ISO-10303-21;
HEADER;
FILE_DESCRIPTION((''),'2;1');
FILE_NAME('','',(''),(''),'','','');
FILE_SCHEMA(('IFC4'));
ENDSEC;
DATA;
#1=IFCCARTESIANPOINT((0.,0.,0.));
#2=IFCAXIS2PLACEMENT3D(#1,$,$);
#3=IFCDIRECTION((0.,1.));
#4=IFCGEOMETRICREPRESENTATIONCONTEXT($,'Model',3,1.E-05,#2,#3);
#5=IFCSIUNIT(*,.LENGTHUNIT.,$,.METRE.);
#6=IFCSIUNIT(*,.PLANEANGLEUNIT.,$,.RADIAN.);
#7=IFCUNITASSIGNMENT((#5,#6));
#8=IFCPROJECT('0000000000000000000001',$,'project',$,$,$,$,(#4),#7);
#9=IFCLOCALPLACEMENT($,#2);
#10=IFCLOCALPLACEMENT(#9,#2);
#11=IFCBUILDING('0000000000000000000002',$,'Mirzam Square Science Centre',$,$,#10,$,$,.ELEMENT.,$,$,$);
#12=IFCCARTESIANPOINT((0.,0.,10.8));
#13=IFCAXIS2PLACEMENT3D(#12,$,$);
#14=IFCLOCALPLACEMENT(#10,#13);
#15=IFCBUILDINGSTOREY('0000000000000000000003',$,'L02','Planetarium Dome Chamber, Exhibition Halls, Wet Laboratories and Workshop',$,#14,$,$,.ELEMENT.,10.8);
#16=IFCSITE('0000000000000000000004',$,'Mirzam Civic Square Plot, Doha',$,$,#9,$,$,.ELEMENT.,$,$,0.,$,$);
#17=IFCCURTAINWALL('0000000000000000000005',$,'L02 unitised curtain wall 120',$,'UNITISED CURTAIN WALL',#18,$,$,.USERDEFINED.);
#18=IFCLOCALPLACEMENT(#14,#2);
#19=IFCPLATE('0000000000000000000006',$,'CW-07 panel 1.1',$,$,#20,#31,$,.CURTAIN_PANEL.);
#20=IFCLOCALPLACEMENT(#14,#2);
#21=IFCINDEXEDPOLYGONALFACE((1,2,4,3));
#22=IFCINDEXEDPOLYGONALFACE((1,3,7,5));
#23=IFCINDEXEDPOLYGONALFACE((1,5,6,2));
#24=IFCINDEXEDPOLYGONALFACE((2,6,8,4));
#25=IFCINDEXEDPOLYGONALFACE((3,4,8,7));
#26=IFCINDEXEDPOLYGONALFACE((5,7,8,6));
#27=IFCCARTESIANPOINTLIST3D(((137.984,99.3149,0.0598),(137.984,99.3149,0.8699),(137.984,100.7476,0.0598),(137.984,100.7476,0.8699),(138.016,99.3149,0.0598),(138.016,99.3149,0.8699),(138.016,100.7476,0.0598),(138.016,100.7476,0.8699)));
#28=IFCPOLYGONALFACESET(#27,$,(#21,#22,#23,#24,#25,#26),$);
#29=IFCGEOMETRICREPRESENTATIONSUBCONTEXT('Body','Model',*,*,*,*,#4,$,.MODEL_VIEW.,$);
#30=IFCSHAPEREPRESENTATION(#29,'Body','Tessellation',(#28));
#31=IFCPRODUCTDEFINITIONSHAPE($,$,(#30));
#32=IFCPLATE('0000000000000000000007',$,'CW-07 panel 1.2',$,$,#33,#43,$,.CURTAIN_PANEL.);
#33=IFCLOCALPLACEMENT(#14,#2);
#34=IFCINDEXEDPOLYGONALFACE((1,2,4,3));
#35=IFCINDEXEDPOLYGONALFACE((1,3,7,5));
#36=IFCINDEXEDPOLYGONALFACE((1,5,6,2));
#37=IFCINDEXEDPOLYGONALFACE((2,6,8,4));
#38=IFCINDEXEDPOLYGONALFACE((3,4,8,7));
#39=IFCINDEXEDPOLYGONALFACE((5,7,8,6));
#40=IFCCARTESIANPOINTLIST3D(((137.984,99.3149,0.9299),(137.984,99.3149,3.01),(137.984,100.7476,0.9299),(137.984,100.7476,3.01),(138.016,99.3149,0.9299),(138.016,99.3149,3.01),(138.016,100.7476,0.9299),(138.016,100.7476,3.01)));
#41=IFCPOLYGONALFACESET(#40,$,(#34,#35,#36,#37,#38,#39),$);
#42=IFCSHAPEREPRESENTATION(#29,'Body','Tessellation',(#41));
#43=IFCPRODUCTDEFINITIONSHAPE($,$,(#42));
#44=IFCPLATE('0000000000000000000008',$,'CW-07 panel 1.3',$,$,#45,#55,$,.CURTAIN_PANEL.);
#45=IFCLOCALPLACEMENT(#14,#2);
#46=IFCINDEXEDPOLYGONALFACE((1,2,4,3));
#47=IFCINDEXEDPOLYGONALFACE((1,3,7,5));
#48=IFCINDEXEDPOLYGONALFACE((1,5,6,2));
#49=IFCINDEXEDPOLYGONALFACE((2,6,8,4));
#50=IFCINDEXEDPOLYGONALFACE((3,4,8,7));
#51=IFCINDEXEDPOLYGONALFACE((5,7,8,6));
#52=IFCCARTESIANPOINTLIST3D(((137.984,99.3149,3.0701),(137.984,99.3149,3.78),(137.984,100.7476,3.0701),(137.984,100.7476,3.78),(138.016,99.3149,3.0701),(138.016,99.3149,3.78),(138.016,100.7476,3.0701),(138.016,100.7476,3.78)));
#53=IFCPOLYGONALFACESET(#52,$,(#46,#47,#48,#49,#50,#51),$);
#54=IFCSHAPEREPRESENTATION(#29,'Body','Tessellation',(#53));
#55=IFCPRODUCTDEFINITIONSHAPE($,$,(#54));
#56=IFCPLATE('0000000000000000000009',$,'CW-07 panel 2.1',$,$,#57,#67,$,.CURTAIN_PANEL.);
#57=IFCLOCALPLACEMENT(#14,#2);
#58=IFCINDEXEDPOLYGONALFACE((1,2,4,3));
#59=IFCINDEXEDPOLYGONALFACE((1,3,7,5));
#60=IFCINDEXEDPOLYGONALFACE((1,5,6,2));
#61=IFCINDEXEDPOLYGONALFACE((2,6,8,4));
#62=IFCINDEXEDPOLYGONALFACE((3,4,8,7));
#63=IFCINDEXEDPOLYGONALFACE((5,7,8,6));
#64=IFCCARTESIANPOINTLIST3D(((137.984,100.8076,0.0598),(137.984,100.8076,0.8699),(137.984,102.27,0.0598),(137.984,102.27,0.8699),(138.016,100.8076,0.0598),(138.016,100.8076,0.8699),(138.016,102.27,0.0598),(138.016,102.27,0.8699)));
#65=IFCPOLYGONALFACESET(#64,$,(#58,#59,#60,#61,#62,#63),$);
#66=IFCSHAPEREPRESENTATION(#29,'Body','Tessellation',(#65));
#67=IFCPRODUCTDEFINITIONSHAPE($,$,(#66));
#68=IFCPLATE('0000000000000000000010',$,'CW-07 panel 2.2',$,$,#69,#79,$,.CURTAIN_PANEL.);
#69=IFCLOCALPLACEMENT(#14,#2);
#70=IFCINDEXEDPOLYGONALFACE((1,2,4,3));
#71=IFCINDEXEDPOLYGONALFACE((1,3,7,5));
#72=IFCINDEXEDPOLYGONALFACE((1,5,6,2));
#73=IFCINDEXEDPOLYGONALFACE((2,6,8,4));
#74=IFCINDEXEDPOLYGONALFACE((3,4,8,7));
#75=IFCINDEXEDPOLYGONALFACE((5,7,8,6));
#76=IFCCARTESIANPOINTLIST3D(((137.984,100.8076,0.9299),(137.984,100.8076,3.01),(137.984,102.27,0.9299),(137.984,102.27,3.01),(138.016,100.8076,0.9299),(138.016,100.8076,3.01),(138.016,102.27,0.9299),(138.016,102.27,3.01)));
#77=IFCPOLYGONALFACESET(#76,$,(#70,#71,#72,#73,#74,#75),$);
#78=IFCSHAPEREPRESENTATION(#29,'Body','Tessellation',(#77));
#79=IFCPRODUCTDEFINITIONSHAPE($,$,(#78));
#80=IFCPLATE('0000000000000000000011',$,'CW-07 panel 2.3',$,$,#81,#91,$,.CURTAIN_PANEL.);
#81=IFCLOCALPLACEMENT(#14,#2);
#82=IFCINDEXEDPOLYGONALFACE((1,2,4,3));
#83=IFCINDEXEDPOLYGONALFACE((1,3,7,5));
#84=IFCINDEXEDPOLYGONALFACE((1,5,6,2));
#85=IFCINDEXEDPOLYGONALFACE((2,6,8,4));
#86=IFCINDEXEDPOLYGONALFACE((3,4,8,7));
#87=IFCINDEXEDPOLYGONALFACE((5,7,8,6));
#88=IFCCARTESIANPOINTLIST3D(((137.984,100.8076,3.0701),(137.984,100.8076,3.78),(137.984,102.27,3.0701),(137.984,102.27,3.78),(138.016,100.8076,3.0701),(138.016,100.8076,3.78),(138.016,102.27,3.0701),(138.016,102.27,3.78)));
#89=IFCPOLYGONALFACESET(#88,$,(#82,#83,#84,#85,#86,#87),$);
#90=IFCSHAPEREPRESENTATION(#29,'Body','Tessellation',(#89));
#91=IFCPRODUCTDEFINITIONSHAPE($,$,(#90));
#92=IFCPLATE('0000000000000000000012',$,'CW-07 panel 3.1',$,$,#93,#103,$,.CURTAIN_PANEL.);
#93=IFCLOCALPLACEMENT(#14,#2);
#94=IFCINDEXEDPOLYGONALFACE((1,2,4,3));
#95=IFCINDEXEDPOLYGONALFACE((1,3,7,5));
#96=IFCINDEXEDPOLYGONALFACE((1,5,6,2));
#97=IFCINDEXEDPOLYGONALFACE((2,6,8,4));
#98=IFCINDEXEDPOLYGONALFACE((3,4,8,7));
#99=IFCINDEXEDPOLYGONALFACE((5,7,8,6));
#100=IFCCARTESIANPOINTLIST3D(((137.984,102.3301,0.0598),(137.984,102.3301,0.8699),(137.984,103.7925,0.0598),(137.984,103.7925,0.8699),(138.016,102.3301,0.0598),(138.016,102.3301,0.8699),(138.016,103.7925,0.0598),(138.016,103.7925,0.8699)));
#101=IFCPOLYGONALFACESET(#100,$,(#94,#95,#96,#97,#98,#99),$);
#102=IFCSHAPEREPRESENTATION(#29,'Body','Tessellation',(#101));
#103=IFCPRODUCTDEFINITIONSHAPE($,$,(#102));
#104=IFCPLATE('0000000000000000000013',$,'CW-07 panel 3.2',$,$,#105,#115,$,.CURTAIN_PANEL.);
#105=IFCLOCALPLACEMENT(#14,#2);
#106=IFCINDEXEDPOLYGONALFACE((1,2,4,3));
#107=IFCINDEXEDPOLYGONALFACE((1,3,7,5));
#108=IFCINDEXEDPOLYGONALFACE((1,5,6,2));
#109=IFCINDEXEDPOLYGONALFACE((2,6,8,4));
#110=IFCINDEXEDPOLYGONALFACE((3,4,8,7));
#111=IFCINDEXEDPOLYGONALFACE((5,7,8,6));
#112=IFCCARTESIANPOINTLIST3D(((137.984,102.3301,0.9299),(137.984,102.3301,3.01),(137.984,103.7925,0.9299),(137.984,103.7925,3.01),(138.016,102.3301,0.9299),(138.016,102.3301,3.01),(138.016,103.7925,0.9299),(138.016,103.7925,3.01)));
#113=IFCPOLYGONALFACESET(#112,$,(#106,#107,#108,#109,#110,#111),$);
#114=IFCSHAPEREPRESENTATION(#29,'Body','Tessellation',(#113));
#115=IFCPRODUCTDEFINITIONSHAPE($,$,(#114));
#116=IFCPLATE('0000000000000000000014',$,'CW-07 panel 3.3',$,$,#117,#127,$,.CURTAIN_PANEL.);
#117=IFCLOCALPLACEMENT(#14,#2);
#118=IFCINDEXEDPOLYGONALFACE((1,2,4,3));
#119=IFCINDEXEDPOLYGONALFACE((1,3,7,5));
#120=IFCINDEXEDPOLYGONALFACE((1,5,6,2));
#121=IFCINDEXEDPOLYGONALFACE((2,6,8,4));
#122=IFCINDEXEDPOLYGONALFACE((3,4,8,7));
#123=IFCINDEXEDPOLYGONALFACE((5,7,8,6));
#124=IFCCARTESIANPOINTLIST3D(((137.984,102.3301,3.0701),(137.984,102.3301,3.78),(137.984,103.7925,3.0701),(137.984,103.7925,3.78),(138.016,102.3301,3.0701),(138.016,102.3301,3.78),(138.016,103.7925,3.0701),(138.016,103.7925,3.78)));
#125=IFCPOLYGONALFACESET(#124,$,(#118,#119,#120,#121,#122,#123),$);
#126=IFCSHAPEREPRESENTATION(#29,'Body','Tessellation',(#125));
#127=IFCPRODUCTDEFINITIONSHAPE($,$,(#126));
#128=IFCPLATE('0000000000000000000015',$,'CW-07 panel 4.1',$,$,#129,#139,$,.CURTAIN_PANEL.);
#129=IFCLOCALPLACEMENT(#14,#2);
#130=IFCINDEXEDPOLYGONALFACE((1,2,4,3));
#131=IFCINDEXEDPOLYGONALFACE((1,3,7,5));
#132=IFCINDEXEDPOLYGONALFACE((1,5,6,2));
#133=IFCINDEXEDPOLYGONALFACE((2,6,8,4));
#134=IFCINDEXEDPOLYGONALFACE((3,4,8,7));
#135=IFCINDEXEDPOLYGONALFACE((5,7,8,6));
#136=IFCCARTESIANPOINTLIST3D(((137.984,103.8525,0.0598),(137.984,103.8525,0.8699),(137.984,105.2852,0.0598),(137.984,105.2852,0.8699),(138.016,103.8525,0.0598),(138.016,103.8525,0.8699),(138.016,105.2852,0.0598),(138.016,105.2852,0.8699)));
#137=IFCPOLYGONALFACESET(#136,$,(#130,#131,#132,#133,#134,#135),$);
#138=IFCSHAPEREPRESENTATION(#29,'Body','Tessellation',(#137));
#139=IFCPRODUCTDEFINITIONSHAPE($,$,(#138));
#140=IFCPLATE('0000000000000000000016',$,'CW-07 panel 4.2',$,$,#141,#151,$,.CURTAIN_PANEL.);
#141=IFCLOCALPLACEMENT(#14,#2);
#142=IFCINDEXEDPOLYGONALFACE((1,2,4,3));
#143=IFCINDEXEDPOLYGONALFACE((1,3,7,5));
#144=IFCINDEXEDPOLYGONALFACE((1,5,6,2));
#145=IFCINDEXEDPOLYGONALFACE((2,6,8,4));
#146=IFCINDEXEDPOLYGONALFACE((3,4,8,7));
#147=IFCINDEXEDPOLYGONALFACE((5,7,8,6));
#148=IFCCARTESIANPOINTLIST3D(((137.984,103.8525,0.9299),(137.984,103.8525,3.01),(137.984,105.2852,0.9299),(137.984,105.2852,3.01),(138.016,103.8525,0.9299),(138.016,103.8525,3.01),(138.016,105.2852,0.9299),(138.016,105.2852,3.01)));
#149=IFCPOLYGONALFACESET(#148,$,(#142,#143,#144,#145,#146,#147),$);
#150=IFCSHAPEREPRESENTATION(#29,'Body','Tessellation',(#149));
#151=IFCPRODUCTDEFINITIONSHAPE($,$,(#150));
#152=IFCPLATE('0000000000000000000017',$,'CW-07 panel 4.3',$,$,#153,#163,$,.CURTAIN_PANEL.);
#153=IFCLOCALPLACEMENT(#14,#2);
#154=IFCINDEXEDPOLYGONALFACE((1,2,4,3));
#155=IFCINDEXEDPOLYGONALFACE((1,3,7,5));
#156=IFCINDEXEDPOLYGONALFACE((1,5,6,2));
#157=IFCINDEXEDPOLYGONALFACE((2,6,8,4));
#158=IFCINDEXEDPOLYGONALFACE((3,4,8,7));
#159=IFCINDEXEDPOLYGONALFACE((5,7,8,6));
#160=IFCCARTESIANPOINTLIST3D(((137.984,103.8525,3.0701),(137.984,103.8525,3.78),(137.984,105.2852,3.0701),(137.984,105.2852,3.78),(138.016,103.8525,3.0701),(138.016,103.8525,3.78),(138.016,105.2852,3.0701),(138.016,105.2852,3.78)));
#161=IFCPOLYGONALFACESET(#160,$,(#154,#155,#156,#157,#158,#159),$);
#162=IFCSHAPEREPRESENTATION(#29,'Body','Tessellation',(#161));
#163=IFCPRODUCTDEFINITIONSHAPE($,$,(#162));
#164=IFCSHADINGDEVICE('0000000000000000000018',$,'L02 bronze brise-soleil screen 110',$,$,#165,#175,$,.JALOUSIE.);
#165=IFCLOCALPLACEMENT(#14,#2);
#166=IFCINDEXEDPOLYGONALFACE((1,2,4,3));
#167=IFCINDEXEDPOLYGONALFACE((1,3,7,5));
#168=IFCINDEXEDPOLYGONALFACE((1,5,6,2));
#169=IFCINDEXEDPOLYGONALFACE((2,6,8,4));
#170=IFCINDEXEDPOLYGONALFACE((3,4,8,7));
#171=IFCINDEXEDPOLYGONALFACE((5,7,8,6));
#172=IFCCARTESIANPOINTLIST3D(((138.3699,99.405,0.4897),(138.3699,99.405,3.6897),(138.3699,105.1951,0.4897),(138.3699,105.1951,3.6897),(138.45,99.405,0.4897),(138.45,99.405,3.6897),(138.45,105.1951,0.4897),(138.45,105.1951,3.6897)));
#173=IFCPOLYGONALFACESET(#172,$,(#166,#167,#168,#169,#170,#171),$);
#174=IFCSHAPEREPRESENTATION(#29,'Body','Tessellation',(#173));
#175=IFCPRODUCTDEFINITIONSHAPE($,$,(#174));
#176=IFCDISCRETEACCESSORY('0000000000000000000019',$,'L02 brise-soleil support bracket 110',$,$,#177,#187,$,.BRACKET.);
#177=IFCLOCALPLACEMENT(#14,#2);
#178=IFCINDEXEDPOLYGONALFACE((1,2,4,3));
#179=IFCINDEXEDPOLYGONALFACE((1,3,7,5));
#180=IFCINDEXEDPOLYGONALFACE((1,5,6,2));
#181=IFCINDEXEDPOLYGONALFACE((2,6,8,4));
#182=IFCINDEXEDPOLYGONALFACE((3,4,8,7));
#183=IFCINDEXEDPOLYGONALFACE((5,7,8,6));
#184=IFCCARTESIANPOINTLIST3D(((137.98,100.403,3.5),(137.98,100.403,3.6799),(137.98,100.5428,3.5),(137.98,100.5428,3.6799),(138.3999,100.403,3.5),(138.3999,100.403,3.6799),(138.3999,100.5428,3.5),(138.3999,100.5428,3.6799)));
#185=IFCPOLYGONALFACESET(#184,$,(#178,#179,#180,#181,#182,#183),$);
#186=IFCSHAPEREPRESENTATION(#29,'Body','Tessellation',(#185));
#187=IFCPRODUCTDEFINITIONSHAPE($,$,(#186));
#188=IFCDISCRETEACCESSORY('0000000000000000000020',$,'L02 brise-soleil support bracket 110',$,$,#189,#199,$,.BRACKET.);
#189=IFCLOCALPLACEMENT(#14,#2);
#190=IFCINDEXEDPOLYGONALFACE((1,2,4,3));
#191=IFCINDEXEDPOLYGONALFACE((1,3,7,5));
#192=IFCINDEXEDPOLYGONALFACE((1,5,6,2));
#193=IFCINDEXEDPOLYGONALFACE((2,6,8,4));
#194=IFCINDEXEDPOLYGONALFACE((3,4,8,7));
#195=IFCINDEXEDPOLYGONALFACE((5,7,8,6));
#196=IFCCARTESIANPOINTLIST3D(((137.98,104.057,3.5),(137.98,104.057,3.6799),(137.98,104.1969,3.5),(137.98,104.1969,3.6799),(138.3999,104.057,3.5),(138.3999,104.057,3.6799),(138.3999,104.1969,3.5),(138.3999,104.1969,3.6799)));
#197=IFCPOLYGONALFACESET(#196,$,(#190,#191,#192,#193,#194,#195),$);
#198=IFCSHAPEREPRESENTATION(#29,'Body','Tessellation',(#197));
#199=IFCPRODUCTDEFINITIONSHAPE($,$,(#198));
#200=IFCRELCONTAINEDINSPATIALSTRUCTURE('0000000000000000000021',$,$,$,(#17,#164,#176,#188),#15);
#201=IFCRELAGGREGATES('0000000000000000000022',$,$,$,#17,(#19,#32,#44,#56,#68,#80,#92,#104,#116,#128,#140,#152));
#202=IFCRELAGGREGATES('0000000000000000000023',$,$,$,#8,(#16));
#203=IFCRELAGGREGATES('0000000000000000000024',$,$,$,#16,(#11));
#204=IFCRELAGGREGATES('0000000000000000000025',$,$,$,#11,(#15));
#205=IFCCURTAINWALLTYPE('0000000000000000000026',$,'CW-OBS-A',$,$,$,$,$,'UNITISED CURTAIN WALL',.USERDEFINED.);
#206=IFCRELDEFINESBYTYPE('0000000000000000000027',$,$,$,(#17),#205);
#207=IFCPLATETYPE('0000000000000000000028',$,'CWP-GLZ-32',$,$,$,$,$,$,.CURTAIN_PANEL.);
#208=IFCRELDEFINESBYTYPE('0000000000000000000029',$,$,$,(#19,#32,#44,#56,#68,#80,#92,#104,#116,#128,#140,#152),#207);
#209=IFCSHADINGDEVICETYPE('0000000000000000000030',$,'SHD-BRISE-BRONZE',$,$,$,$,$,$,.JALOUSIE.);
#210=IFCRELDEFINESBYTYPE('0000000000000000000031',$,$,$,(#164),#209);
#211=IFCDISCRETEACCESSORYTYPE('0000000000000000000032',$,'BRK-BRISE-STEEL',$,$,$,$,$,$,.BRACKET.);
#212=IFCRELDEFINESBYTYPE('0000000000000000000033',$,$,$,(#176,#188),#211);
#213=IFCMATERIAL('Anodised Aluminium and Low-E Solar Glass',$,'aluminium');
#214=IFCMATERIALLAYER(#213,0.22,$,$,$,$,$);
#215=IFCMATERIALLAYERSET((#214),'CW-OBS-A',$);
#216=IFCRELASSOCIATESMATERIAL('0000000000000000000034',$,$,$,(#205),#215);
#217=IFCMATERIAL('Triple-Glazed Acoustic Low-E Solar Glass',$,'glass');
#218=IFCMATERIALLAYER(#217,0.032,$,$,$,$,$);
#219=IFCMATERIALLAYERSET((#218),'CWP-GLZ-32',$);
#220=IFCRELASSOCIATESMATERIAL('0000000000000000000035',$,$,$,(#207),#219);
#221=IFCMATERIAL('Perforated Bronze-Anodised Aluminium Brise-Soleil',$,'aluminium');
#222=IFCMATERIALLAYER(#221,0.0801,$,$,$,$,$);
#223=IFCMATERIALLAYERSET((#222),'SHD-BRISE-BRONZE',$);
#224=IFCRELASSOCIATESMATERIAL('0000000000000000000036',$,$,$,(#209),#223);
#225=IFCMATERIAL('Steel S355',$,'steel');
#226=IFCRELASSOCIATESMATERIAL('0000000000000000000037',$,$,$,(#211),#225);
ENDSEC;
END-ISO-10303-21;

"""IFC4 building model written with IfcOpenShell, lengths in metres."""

from ifc_helpers import new_model, si_unit, direction, frame, origin, origin_2d, place, context, subcontext, project, spatial, rectangle, extrude, material, layer, layer_set, type_object, element, aggregate, save


model = new_model("IFC4")

# Units and contexts
model_context = context("Model", 3, precision=1e-05, world=origin(), true_north=direction((0.0, 1.0)))
body_context = subcontext(model_context, "Body", "Model", "MODEL_VIEW")
ifc_project = project(units=[si_unit("LENGTHUNIT", "METRE"), si_unit("PLANEANGLEUNIT", "RADIAN")], contexts=[model_context])

# Site, building, storey
site_placement = place(None, origin())
site = spatial("IfcSite", under=ifc_project, at=site_placement, Name="Mirzam Civic Square Plot, Doha", CompositionType="ELEMENT", RefElevation=0.0)
building_placement = place(site_placement, origin())
building = spatial("IfcBuilding", under=site, at=building_placement, Name="Mirzam Square Science Centre", CompositionType="ELEMENT")
storey_placement = place(building_placement, frame((0.0, 0.0, 10.8)))
storey = spatial("IfcBuildingStorey", under=building, at=storey_placement, Name="L02", Description="Planetarium Dome Chamber, Exhibition Halls, Wet Laboratories and Workshop", CompositionType="ELEMENT", Elevation=10.8)

# Shared definitions
ifc_material_1 = material(Name="Steel S355", Category="steel")

# Curtain wall
ifc_material_2 = material(Name="Anodised Aluminium and Low-E Solar Glass", Category="aluminium")
ifc_layer_1 = layer(ifc_material_2, 0.22)
ifc_layer_set_1 = layer_set([ifc_layer_1], Name="CW-OBS-A")
curtain_wall_type = type_object("IfcCurtainWallType", Name="CW-OBS-A", ElementType="UNITISED CURTAIN WALL", PredefinedType="USERDEFINED", material=ifc_layer_set_1)
curtain_wall_placement = place(storey_placement, origin())
curtain_wall = element("IfcCurtainWall", 1, at=curtain_wall_placement, inside=storey, type_object=curtain_wall_type, Name="L02 unitised curtain wall 120", ObjectType="UNITISED CURTAIN WALL", PredefinedType="USERDEFINED")

# Plates
ifc_material_3 = material(Name="Triple-Glazed Acoustic Low-E Solar Glass", Category="glass")
ifc_layer_2 = layer(ifc_material_3, 0.032)
ifc_layer_set_2 = layer_set([ifc_layer_2], Name="CWP-GLZ-32")
plate_type = type_object("IfcPlateType", Name="CWP-GLZ-32", PredefinedType="CURTAIN_PANEL", material=ifc_layer_set_2)
plate_1_placement = place(storey_placement, frame((138.0, 100.0312, 0.0598), z_axis=(0.0, 0.0, 1.0), x_axis=(0.0, 1.0, 0.0)))
plate_1 = element("IfcPlate", 2, at=plate_1_placement, type_object=plate_type, Name="CW-07 panel 1.1", PredefinedType="CURTAIN_PANEL", context=body_context, shape_type="SweptSolid", body=[
    extrude(rectangle(XDim=1.4326, YDim=0.032, at=origin_2d()), origin(), (0.0, 0.0, 1.0), 0.8101),
])
plate_2_placement = place(storey_placement, frame((138.0, 100.0312, 0.9299), z_axis=(0.0, 0.0, 1.0), x_axis=(0.0, 1.0, 0.0)))
plate_2 = element("IfcPlate", 3, at=plate_2_placement, type_object=plate_type, Name="CW-07 panel 1.2", PredefinedType="CURTAIN_PANEL", context=body_context, shape_type="SweptSolid", body=[
    extrude(rectangle(XDim=1.4326, YDim=0.032, at=origin_2d()), origin(), (0.0, 0.0, 1.0), 2.0801),
])
plate_3_placement = place(storey_placement, frame((138.0, 100.0312, 3.0701), z_axis=(0.0, 0.0, 1.0), x_axis=(0.0, 1.0, 0.0)))
plate_3 = element("IfcPlate", 4, at=plate_3_placement, type_object=plate_type, Name="CW-07 panel 1.3", PredefinedType="CURTAIN_PANEL", context=body_context, shape_type="SweptSolid", body=[
    extrude(rectangle(XDim=1.4326, YDim=0.032, at=origin_2d()), origin(), (0.0, 0.0, 1.0), 0.71),
])
plate_4_placement = place(storey_placement, frame((138.0, 101.5388, 0.0598), z_axis=(0.0, 0.0, 1.0), x_axis=(0.0, 1.0, 0.0)))
plate_4 = element("IfcPlate", 5, at=plate_4_placement, type_object=plate_type, Name="CW-07 panel 2.1", PredefinedType="CURTAIN_PANEL", context=body_context, shape_type="SweptSolid", body=[
    extrude(rectangle(XDim=1.4624, YDim=0.032, at=origin_2d()), origin(), (0.0, 0.0, 1.0), 0.8101),
])
plate_5_placement = place(storey_placement, frame((138.0, 101.5388, 0.9299), z_axis=(0.0, 0.0, 1.0), x_axis=(0.0, 1.0, 0.0)))
plate_5 = element("IfcPlate", 6, at=plate_5_placement, type_object=plate_type, Name="CW-07 panel 2.2", PredefinedType="CURTAIN_PANEL", context=body_context, shape_type="SweptSolid", body=[
    extrude(rectangle(XDim=1.4624, YDim=0.032, at=origin_2d()), origin(), (0.0, 0.0, 1.0), 2.0801),
])
plate_6_placement = place(storey_placement, frame((138.0, 101.5388, 3.0701), z_axis=(0.0, 0.0, 1.0), x_axis=(0.0, 1.0, 0.0)))
plate_6 = element("IfcPlate", 7, at=plate_6_placement, type_object=plate_type, Name="CW-07 panel 2.3", PredefinedType="CURTAIN_PANEL", context=body_context, shape_type="SweptSolid", body=[
    extrude(rectangle(XDim=1.4624, YDim=0.032, at=origin_2d()), origin(), (0.0, 0.0, 1.0), 0.71),
])
plate_7_placement = place(storey_placement, frame((138.0, 103.0613, 0.0598), z_axis=(0.0, 0.0, 1.0), x_axis=(0.0, 1.0, 0.0)))
plate_7 = element("IfcPlate", 8, at=plate_7_placement, type_object=plate_type, Name="CW-07 panel 3.1", PredefinedType="CURTAIN_PANEL", context=body_context, shape_type="SweptSolid", body=[
    extrude(rectangle(XDim=1.4624, YDim=0.032, at=origin_2d()), origin(), (0.0, 0.0, 1.0), 0.8101),
])
plate_8_placement = place(storey_placement, frame((138.0, 103.0613, 0.9299), z_axis=(0.0, 0.0, 1.0), x_axis=(0.0, 1.0, 0.0)))
plate_8 = element("IfcPlate", 9, at=plate_8_placement, type_object=plate_type, Name="CW-07 panel 3.2", PredefinedType="CURTAIN_PANEL", context=body_context, shape_type="SweptSolid", body=[
    extrude(rectangle(XDim=1.4624, YDim=0.032, at=origin_2d()), origin(), (0.0, 0.0, 1.0), 2.0801),
])
plate_9_placement = place(storey_placement, frame((138.0, 103.0613, 3.0701), z_axis=(0.0, 0.0, 1.0), x_axis=(0.0, 1.0, 0.0)))
plate_9 = element("IfcPlate", 10, at=plate_9_placement, type_object=plate_type, Name="CW-07 panel 3.3", PredefinedType="CURTAIN_PANEL", context=body_context, shape_type="SweptSolid", body=[
    extrude(rectangle(XDim=1.4624, YDim=0.032, at=origin_2d()), origin(), (0.0, 0.0, 1.0), 0.71),
])
plate_10_placement = place(storey_placement, frame((138.0, 104.5688, 0.0598), z_axis=(0.0, 0.0, 1.0), x_axis=(0.0, 1.0, 0.0)))
plate_10 = element("IfcPlate", 11, at=plate_10_placement, type_object=plate_type, Name="CW-07 panel 4.1", PredefinedType="CURTAIN_PANEL", context=body_context, shape_type="SweptSolid", body=[
    extrude(rectangle(XDim=1.4326, YDim=0.032, at=origin_2d()), origin(), (0.0, 0.0, 1.0), 0.8101),
])
plate_11_placement = place(storey_placement, frame((138.0, 104.5688, 0.9299), z_axis=(0.0, 0.0, 1.0), x_axis=(0.0, 1.0, 0.0)))
plate_11 = element("IfcPlate", 12, at=plate_11_placement, type_object=plate_type, Name="CW-07 panel 4.2", PredefinedType="CURTAIN_PANEL", context=body_context, shape_type="SweptSolid", body=[
    extrude(rectangle(XDim=1.4326, YDim=0.032, at=origin_2d()), origin(), (0.0, 0.0, 1.0), 2.0801),
])
plate_12_placement = place(storey_placement, frame((138.0, 104.5688, 3.0701), z_axis=(0.0, 0.0, 1.0), x_axis=(0.0, 1.0, 0.0)))
plate_12 = element("IfcPlate", 13, at=plate_12_placement, type_object=plate_type, Name="CW-07 panel 4.3", PredefinedType="CURTAIN_PANEL", context=body_context, shape_type="SweptSolid", body=[
    extrude(rectangle(XDim=1.4326, YDim=0.032, at=origin_2d()), origin(), (0.0, 0.0, 1.0), 0.71),
])
aggregate(curtain_wall, [plate_1, plate_2, plate_3, plate_4, plate_5, plate_6, plate_7, plate_8, plate_9, plate_10, plate_11, plate_12])

# Shading device
ifc_material_4 = material(Name="Perforated Bronze-Anodised Aluminium Brise-Soleil", Category="aluminium")
ifc_layer_3 = layer(ifc_material_4, 0.0801)
ifc_layer_set_3 = layer_set([ifc_layer_3], Name="SHD-BRISE-BRONZE")
shading_device_type = type_object("IfcShadingDeviceType", Name="SHD-BRISE-BRONZE", PredefinedType="JALOUSIE", material=ifc_layer_set_3)
shading_device_placement = place(storey_placement, frame((138.4099, 102.3, 0.4897), z_axis=(0.0, 0.0, 1.0), x_axis=(0.0, 1.0, 0.0)))
element("IfcShadingDevice", 14, at=shading_device_placement, inside=storey, type_object=shading_device_type, Name="L02 bronze brise-soleil screen 110", PredefinedType="JALOUSIE", context=body_context, shape_type="SweptSolid", body=[
    extrude(rectangle(XDim=5.79, YDim=0.0801, at=origin_2d()), origin(), (0.0, 0.0, 1.0), 3.2),
])

# Discrete accessories
discrete_accessory_type = type_object("IfcDiscreteAccessoryType", Name="BRK-BRISE-STEEL", PredefinedType="BRACKET", material=ifc_material_1)
for number, where, z_axis, x_axis, name in (
    (15, (138.1899, 100.4729, 3.5), (0.0, 0.0, 1.0), (0.0, 1.0, 0.0), "L02 brise-soleil support bracket 110"),
    (16, (138.1899, 104.127, 3.5), (0.0, 0.0, 1.0), (0.0, 1.0, 0.0), "L02 brise-soleil support bracket 110"),
):
    element("IfcDiscreteAccessory", number, at=place(storey_placement, frame(where, z_axis=z_axis, x_axis=x_axis)), inside=storey, type_object=discrete_accessory_type, Name=name, PredefinedType="BRACKET", context=body_context, shape_type="SweptSolid", body=[
        extrude(rectangle(XDim=0.1399, YDim=0.4199, at=origin_2d()), origin(), (0.0, 0.0, 1.0), 0.1799),
    ])

save(model, "model.ifc")
